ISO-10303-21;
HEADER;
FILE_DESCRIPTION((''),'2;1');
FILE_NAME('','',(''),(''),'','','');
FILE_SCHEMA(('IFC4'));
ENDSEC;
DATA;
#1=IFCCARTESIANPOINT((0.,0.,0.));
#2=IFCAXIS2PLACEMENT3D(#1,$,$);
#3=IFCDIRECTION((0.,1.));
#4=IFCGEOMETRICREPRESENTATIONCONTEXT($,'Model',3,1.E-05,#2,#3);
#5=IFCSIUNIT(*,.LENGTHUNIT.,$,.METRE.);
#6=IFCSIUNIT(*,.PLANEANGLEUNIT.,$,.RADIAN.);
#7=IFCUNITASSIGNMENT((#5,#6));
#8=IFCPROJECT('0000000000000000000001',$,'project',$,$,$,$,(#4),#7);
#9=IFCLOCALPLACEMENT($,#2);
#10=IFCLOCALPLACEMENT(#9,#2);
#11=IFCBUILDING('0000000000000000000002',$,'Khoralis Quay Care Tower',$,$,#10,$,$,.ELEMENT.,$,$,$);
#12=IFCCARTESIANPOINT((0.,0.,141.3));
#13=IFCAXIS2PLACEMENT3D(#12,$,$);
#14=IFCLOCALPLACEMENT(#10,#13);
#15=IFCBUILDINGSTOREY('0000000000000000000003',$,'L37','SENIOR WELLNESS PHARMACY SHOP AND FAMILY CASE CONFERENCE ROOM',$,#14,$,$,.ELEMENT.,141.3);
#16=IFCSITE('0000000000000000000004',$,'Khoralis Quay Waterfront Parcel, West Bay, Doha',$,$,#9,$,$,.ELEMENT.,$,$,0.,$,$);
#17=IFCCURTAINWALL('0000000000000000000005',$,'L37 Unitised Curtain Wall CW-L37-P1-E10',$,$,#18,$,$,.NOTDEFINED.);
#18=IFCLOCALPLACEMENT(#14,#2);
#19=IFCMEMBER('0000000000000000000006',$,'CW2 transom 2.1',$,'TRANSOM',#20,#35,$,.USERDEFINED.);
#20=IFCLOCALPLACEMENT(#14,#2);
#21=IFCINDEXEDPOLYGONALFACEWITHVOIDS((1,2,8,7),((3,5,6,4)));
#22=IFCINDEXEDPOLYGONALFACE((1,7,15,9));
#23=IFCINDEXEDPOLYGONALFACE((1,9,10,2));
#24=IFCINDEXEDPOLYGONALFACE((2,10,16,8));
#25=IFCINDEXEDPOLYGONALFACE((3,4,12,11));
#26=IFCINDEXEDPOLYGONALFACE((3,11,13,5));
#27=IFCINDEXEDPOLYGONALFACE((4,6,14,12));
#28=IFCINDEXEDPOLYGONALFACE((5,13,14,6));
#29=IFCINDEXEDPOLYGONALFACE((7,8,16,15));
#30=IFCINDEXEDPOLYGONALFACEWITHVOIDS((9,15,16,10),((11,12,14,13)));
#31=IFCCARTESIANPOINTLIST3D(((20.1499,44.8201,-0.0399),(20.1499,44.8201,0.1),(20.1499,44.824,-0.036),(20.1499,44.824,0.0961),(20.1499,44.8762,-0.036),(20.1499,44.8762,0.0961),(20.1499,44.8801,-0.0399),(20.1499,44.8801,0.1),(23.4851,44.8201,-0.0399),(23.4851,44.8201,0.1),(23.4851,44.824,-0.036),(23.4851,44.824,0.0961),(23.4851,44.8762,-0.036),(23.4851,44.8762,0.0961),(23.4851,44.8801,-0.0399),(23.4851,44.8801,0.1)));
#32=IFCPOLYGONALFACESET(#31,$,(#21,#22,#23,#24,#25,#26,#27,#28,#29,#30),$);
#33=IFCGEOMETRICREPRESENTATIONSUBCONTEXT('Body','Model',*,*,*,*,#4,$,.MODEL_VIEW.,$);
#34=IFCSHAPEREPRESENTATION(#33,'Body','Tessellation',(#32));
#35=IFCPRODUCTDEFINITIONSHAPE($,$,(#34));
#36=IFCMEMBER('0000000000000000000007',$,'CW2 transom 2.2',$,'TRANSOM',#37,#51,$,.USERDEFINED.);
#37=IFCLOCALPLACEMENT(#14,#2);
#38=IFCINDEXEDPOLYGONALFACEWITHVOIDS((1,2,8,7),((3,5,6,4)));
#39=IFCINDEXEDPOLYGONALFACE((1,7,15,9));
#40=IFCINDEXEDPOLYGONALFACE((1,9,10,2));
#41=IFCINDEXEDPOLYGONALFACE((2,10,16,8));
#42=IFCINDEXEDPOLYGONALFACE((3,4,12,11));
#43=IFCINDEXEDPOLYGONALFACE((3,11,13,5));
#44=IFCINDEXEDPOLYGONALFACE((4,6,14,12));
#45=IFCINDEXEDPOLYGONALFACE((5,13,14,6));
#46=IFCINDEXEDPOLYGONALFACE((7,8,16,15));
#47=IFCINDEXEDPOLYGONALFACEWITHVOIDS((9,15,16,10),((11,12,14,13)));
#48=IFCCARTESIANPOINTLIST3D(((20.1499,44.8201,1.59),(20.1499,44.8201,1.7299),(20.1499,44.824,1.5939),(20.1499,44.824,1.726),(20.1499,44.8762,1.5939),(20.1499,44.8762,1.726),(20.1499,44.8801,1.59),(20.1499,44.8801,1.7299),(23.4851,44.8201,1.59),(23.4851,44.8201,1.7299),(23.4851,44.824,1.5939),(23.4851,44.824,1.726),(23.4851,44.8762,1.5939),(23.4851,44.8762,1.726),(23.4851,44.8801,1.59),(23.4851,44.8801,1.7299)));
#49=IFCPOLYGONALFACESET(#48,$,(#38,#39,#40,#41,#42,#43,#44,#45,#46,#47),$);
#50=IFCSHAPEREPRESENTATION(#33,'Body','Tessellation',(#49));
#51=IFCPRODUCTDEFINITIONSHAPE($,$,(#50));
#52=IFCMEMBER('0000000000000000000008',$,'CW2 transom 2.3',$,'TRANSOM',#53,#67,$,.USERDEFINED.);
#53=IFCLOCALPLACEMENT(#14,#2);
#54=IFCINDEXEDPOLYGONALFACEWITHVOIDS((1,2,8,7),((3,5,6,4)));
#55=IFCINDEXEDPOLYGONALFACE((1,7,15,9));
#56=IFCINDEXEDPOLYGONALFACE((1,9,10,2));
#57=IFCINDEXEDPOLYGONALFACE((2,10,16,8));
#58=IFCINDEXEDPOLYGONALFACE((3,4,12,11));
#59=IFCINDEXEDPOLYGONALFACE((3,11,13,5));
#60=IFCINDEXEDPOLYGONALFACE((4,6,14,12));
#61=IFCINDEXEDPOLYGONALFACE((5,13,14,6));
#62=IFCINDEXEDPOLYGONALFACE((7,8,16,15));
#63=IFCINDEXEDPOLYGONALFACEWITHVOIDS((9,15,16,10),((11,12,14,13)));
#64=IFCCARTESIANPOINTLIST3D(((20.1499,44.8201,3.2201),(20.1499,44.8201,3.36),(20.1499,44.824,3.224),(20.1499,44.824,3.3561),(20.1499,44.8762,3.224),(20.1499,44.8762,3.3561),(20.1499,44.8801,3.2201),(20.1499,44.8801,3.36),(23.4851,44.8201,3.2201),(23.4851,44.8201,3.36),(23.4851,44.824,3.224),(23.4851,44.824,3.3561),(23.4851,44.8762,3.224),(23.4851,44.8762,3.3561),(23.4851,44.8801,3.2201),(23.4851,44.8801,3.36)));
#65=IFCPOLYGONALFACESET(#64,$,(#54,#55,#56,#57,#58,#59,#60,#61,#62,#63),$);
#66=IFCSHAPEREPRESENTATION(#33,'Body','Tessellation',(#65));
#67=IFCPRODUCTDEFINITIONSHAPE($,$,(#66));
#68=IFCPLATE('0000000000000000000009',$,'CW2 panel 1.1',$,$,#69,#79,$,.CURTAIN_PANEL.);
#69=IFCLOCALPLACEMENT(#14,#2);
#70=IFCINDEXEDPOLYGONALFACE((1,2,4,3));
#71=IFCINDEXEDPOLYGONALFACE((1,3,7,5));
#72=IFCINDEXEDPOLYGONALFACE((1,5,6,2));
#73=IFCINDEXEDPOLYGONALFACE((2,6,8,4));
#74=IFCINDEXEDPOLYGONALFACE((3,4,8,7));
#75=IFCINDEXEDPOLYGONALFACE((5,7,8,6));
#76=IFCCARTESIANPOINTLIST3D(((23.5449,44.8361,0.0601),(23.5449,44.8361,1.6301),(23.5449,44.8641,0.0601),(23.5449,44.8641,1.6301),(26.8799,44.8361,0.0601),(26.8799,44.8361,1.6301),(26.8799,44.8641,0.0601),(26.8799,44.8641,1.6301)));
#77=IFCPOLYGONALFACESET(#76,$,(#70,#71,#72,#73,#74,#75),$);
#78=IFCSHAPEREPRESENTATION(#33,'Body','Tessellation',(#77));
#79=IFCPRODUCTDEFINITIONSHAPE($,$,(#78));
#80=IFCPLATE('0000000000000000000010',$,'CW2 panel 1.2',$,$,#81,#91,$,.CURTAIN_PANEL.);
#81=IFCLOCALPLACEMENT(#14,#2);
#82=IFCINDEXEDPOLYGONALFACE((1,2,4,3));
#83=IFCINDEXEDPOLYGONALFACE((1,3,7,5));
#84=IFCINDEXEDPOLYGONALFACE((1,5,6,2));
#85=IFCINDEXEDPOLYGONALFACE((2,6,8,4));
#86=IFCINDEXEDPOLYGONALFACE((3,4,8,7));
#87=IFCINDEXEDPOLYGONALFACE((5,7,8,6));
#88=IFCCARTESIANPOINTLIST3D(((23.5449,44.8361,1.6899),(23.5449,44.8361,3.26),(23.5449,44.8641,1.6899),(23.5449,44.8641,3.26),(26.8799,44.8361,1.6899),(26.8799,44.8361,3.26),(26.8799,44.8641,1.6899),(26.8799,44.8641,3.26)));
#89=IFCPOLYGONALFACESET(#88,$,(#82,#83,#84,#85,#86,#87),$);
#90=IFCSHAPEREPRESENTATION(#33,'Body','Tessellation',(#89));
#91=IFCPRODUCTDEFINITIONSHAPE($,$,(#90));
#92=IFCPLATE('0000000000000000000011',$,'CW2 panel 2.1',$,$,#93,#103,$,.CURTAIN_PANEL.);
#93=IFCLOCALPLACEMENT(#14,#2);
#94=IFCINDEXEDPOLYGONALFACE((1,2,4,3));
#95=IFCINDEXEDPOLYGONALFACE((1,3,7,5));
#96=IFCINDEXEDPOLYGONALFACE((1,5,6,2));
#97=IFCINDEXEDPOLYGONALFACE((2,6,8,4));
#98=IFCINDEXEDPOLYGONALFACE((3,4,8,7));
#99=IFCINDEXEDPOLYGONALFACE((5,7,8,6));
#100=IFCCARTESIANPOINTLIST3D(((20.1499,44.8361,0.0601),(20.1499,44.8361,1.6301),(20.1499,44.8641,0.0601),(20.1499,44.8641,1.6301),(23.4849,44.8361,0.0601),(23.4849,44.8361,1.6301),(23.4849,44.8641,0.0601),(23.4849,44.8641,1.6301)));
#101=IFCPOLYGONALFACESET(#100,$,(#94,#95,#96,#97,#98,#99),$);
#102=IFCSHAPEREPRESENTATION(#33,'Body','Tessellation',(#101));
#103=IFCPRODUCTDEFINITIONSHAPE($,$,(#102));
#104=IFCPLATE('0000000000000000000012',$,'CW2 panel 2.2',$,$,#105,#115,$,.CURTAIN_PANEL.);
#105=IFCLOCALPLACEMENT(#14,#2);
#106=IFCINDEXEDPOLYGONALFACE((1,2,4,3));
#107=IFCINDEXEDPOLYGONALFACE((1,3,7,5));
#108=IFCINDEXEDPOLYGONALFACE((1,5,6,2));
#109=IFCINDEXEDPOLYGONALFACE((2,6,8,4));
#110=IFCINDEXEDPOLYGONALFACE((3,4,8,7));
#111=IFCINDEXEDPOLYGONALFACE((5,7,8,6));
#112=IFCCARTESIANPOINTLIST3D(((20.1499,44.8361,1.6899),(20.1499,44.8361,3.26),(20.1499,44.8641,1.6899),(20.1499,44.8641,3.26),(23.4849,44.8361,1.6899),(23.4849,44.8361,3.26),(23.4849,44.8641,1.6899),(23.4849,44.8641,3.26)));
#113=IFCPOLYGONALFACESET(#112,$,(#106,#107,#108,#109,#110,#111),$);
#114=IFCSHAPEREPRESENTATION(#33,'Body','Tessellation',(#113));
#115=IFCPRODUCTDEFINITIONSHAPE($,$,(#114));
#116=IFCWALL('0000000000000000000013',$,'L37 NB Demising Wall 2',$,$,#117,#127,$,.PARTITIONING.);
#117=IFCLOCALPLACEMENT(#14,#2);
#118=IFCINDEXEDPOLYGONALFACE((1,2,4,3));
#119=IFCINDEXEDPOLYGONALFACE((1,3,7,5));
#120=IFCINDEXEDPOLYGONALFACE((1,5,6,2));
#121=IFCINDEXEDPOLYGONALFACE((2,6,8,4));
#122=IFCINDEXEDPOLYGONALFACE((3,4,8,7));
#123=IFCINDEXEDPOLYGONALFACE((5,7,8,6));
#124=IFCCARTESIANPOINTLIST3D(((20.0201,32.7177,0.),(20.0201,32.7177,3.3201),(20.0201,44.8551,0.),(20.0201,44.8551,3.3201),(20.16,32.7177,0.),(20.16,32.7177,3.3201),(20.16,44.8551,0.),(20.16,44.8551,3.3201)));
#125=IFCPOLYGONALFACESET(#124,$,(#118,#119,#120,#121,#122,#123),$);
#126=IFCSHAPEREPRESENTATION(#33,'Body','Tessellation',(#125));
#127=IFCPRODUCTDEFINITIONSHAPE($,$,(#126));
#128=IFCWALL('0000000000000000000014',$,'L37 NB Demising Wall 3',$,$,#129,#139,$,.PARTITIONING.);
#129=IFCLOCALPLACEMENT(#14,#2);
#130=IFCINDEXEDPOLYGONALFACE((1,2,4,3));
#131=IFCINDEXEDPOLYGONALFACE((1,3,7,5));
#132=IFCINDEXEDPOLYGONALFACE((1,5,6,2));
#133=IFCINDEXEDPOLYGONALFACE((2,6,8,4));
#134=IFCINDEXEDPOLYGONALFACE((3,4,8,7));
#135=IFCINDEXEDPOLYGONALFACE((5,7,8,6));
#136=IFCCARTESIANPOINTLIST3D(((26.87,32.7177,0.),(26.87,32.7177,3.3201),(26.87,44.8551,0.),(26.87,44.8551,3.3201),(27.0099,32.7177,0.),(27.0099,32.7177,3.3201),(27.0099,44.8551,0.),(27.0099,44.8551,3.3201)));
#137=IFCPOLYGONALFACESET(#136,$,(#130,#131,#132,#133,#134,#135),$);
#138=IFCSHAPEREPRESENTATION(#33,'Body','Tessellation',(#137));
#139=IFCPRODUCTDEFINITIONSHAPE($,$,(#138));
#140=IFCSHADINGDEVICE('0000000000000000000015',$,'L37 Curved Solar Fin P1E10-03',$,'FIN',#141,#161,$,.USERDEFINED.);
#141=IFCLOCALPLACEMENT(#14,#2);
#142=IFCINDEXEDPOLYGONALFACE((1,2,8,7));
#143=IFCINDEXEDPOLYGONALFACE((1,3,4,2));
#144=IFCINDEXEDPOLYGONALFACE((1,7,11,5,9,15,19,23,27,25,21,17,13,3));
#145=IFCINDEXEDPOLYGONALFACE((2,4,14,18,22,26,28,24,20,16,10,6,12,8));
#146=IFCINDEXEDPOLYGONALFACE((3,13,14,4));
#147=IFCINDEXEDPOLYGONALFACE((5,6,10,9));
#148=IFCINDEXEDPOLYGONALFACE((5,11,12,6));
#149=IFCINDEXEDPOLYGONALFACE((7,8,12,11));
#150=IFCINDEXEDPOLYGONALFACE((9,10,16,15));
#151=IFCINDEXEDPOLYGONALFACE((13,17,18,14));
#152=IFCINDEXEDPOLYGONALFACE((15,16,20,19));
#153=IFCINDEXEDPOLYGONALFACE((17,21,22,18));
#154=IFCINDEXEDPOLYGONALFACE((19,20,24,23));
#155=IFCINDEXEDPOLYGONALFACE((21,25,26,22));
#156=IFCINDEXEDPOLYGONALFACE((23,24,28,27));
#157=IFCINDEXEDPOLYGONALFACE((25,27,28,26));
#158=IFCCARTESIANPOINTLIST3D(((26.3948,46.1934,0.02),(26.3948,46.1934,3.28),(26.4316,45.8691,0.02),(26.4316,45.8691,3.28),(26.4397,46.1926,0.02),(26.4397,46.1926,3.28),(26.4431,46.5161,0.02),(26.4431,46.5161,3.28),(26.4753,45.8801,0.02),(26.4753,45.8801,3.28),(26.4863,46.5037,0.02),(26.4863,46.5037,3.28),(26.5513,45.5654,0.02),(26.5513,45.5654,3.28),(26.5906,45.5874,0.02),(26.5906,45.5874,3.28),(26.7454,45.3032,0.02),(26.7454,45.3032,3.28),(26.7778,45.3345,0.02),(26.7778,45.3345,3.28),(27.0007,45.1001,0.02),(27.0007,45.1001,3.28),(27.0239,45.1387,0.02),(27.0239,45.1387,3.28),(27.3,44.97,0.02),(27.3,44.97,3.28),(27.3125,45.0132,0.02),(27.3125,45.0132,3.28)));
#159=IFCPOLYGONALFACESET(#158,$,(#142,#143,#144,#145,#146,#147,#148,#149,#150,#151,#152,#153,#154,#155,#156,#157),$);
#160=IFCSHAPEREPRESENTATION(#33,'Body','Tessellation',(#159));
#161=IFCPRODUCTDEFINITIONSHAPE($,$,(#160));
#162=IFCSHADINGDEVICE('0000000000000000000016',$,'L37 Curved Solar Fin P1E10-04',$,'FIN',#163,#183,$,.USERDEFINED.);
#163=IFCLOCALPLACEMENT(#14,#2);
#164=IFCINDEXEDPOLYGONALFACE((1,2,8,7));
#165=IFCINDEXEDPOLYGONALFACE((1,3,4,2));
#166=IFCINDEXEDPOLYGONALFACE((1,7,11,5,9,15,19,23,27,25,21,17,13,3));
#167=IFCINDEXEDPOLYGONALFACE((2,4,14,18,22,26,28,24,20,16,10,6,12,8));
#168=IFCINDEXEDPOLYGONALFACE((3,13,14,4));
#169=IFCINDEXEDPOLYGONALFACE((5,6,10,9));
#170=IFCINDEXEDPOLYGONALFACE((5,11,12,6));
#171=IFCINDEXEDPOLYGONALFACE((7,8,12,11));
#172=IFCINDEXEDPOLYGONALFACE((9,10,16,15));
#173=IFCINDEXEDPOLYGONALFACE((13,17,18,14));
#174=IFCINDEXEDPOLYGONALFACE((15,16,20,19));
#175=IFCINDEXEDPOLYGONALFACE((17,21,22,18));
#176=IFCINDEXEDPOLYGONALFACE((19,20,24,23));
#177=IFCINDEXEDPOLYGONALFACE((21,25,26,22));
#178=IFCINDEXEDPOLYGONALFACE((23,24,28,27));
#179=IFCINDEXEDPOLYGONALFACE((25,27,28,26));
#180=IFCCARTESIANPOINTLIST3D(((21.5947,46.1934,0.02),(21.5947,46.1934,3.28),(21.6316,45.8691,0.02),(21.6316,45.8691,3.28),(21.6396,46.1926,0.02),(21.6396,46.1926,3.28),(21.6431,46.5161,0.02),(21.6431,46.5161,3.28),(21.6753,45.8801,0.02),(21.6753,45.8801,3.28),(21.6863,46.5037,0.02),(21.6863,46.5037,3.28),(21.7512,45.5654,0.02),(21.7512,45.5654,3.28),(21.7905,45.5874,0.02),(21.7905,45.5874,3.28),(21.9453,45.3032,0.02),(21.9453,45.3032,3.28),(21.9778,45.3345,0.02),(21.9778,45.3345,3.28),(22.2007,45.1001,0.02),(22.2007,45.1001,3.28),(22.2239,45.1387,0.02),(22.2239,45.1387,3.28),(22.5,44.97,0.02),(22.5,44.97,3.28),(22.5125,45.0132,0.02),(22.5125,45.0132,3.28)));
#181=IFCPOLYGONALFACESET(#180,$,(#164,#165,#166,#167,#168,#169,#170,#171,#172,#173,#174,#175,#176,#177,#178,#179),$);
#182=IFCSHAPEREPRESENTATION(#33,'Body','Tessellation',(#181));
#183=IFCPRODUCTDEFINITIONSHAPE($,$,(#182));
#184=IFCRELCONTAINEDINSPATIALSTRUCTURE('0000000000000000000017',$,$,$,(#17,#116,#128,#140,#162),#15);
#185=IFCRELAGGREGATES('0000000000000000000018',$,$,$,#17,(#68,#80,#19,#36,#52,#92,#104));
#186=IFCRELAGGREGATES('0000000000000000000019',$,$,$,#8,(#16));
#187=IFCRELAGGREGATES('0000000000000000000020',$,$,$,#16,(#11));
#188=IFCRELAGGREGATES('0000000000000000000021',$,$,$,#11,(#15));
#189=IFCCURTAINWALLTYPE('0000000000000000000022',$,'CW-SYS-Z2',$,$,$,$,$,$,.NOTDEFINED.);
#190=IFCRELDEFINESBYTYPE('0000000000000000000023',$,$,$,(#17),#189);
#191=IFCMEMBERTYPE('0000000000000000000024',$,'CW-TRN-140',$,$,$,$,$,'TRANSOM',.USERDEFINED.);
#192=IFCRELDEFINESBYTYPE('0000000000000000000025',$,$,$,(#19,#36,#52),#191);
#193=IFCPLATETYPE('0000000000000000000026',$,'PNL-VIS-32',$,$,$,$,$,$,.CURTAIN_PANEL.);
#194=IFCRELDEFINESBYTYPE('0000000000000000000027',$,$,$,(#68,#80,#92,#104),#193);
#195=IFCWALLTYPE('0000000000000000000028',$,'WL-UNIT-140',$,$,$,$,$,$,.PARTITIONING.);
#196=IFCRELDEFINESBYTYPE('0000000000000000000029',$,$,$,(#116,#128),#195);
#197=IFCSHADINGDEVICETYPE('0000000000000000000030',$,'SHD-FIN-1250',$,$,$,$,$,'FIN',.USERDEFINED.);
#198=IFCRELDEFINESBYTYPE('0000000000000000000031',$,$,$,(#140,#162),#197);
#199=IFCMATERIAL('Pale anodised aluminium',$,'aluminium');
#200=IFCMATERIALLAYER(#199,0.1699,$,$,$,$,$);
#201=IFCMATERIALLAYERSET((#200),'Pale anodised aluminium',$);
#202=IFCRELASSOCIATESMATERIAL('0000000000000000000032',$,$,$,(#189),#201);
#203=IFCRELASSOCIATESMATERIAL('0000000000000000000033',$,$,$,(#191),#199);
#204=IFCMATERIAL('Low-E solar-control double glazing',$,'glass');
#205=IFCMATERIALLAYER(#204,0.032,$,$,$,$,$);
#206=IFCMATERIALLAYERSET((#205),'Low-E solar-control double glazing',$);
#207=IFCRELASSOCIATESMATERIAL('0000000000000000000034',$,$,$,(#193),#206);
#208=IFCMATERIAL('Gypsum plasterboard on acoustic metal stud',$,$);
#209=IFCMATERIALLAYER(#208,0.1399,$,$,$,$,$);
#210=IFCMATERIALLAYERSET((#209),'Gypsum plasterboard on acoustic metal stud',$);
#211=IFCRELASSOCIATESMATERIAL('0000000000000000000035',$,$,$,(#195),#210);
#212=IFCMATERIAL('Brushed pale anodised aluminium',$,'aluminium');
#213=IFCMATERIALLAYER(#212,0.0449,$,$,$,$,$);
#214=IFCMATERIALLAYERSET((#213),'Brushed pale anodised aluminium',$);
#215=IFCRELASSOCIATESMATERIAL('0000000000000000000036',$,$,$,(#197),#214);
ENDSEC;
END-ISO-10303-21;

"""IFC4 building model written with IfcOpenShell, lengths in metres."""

from ifc_helpers import new_model, si_unit, direction, frame, frame_2d, origin, origin_2d, place, context, subcontext, project, spatial, polyline, rectangle, hollow_rectangle, outline, extrude, source, transform, mapped, material, layer, layer_set, material_profile, profile_set, type_object, element, aggregate, save


model = new_model("IFC4")

# Units and contexts
model_context = context("Model", 3, precision=1e-05, world=origin(), true_north=direction((0.0, 1.0)))
body_context = subcontext(model_context, "Body", "Model", "MODEL_VIEW")
ifc_project = project(units=[si_unit("LENGTHUNIT", "METRE"), si_unit("PLANEANGLEUNIT", "RADIAN")], contexts=[model_context])

# Site, building, storey
site_placement = place(None, origin())
site = spatial("IfcSite", under=ifc_project, at=site_placement, Name="Khoralis Quay Waterfront Parcel, West Bay, Doha", CompositionType="ELEMENT", RefElevation=0.0)
building_placement = place(site_placement, origin())
building = spatial("IfcBuilding", under=site, at=building_placement, Name="Khoralis Quay Care Tower", CompositionType="ELEMENT")
storey_placement = place(building_placement, frame((0.0, 0.0, 141.3)))
storey = spatial("IfcBuildingStorey", under=building, at=storey_placement, Name="L37", Description="SENIOR WELLNESS PHARMACY SHOP AND FAMILY CASE CONFERENCE ROOM", CompositionType="ELEMENT", Elevation=141.3)

# Curtain wall, members, plates
ifc_material_1 = material(Name="Pale anodised aluminium", Category="aluminium")
ifc_layer_1 = layer(ifc_material_1, 0.1699)
ifc_layer_set_1 = layer_set([ifc_layer_1], Name="Pale anodised aluminium")
curtain_wall_type = type_object("IfcCurtainWallType", Name="CW-SYS-Z2", PredefinedType="NOTDEFINED", material=ifc_layer_set_1)
curtain_wall_placement = place(storey_placement, origin())
curtain_wall = element("IfcCurtainWall", 1, at=curtain_wall_placement, inside=storey, type_object=curtain_wall_type, Name="L37 Unitised Curtain Wall CW-L37-P1-E10", PredefinedType="NOTDEFINED")
ifc_material_profile_1 = material_profile(ifc_material_1, hollow_rectangle(XDim=0.0601, YDim=0.1399, WallThickness=0.0039, at=origin_2d()), Name="Pale anodised aluminium")
ifc_profile_set_1 = profile_set([ifc_material_profile_1], Name="Pale anodised aluminium")
member_type_1 = type_object("IfcMemberType", Name="CW-TRN-140", ElementType="TRANSOM", PredefinedType="USERDEFINED", material=ifc_profile_set_1)
shared_shape_1 = source(origin(), body_context, "Body", "SweptSolid", [
    extrude(hollow_rectangle(XDim=0.0601, YDim=0.1399, WallThickness=0.0039, at=origin_2d()), origin(), (0.0, 0.0, 1.0), 3.3352),
])
member_1_placement = place(storey_placement, frame((23.4851, 44.8501, 0.03), z_axis=(-1.0, 0.0, 0.0), x_axis=(0.0, -1.0, 0.0)))
member_1 = element("IfcMember", 2, at=member_1_placement, type_object=member_type_1, Name="CW2 transom 2.1", ObjectType="TRANSOM", PredefinedType="USERDEFINED", context=body_context, shape_type="MappedRepresentation", body=[
    mapped(shared_shape_1, transform((0.0, 0.0, 0.0), scale=1.0)),
])
member_2_placement = place(storey_placement, frame((23.4851, 44.8501, 1.6599), z_axis=(-1.0, 0.0, 0.0), x_axis=(0.0, -1.0, 0.0)))
member_2 = element("IfcMember", 3, at=member_2_placement, type_object=member_type_1, Name="CW2 transom 2.2", ObjectType="TRANSOM", PredefinedType="USERDEFINED", context=body_context, shape_type="MappedRepresentation", body=[
    mapped(shared_shape_1, transform((0.0, 0.0, 0.0), scale=1.0)),
])
member_3_placement = place(storey_placement, frame((23.4851, 44.8501, 3.29), z_axis=(-1.0, 0.0, 0.0), x_axis=(0.0, -1.0, 0.0)))
member_3 = element("IfcMember", 4, at=member_3_placement, type_object=member_type_1, Name="CW2 transom 2.3", ObjectType="TRANSOM", PredefinedType="USERDEFINED", context=body_context, shape_type="MappedRepresentation", body=[
    mapped(shared_shape_1, transform((0.0, 0.0, 0.0), scale=1.0)),
])
ifc_material_2 = material(Name="Low-E solar-control double glazing", Category="glass")
ifc_layer_2 = layer(ifc_material_2, 0.032)
ifc_layer_set_2 = layer_set([ifc_layer_2], Name="Low-E solar-control double glazing")
plate_type = type_object("IfcPlateType", Name="PNL-VIS-32", PredefinedType="CURTAIN_PANEL", material=ifc_layer_set_2)
shared_shape_2 = source(origin(), body_context, "Body", "SweptSolid", [
    extrude(rectangle(XDim=3.335, YDim=0.0281, at=origin_2d()), origin(), (0.0, 0.0, 1.0), 1.5701),
])
plate_1_placement = place(storey_placement, frame((25.2124, 44.8501, 0.0601), z_axis=(0.0, 0.0, 1.0), x_axis=(-1.0, 0.0, 0.0)))
plate_1 = element("IfcPlate", 5, at=plate_1_placement, type_object=plate_type, Name="CW2 panel 1.1", PredefinedType="CURTAIN_PANEL", context=body_context, shape_type="MappedRepresentation", body=[
    mapped(shared_shape_2, transform((0.0, 0.0, 0.0), scale=1.0)),
])
plate_2_placement = place(storey_placement, frame((25.2124, 44.8501, 1.6899), z_axis=(0.0, 0.0, 1.0), x_axis=(-1.0, 0.0, 0.0)))
plate_2 = element("IfcPlate", 6, at=plate_2_placement, type_object=plate_type, Name="CW2 panel 1.2", PredefinedType="CURTAIN_PANEL", context=body_context, shape_type="MappedRepresentation", body=[
    mapped(shared_shape_2, transform((0.0, 0.0, 0.0), scale=1.0)),
])
plate_3_placement = place(storey_placement, frame((21.8174, 44.8501, 0.0601), z_axis=(0.0, 0.0, 1.0), x_axis=(-1.0, 0.0, 0.0)))
plate_3 = element("IfcPlate", 7, at=plate_3_placement, type_object=plate_type, Name="CW2 panel 2.1", PredefinedType="CURTAIN_PANEL", context=body_context, shape_type="MappedRepresentation", body=[
    mapped(shared_shape_2, transform((0.0, 0.0, 0.0), scale=1.0)),
])
plate_4_placement = place(storey_placement, frame((21.8174, 44.8501, 1.6899), z_axis=(0.0, 0.0, 1.0), x_axis=(-1.0, 0.0, 0.0)))
plate_4 = element("IfcPlate", 8, at=plate_4_placement, type_object=plate_type, Name="CW2 panel 2.2", PredefinedType="CURTAIN_PANEL", context=body_context, shape_type="MappedRepresentation", body=[
    mapped(shared_shape_2, transform((0.0, 0.0, 0.0), scale=1.0)),
])
aggregate(curtain_wall, [plate_1, plate_2, member_1, member_2, member_3, plate_3, plate_4])

# Walls
ifc_material_3 = material(Name="Gypsum plasterboard on acoustic metal stud")
ifc_layer_3 = layer(ifc_material_3, 0.1399)
ifc_layer_set_3 = layer_set([ifc_layer_3], Name="Gypsum plasterboard on acoustic metal stud")
wall_type = type_object("IfcWallType", Name="WL-UNIT-140", PredefinedType="PARTITIONING", material=ifc_layer_set_3)
for number, where, z_axis, x_axis, name in (
    (9, (20.0901, 32.7175, 0.0), (0.0, 0.0, 1.0), (0.0, 1.0, 0.0), "L37 NB Demising Wall 2"),
    (10, (26.9399, 32.7175, 0.0), (0.0, 0.0, 1.0), (0.0, 1.0, 0.0), "L37 NB Demising Wall 3"),
):
    element("IfcWall", number, at=place(storey_placement, frame(where, z_axis=z_axis, x_axis=x_axis)), inside=storey, type_object=wall_type, Name=name, PredefinedType="PARTITIONING", context=body_context, shape_type="SweptSolid", body=[
        extrude(rectangle(XDim=12.1375, YDim=0.1399, at=frame_2d((6.0688, 0.0))), origin(), (0.0, 0.0, 1.0), 3.3201),
    ])

# Shading devices
ifc_material_4 = material(Name="Brushed pale anodised aluminium", Category="aluminium")
ifc_layer_4 = layer(ifc_material_4, 0.0449)
ifc_layer_set_4 = layer_set([ifc_layer_4], Name="Brushed pale anodised aluminium")
shading_device_type = type_object("IfcShadingDeviceType", Name="SHD-FIN-1250", ElementType="FIN", PredefinedType="USERDEFINED", material=ifc_layer_set_4)
shared_shape_3 = source(origin(), body_context, "Body", "SweptSolid", [
    extrude(outline(polyline([(0.0, 0.0), (0.1301, 0.2993), (0.3333, 0.5547), (0.5955, 0.7488), (0.8992, 0.8684), (1.2234, 0.9053), (1.5461, 0.8569), (1.5337, 0.8137), (1.2227, 0.8604), (0.9102, 0.8247), (0.6174, 0.7095), (0.3645, 0.5222), (0.1687, 0.2761), (0.0432, -0.0125), (0.0, 0.0)])), origin(), (0.0, 0.0, 1.0), 3.26),
])
for number, where, z_axis, x_axis, name in (
    (11, (27.3, 44.97, 0.02), (0.0, 0.0, 1.0), (0.0, 1.0, 0.0), "L37 Curved Solar Fin P1E10-03"),
    (12, (22.5, 44.97, 0.02), (0.0, 0.0, 1.0), (0.0, 1.0, 0.0), "L37 Curved Solar Fin P1E10-04"),
):
    element("IfcShadingDevice", number, at=place(storey_placement, frame(where, z_axis=z_axis, x_axis=x_axis)), inside=storey, type_object=shading_device_type, Name=name, ObjectType="FIN", PredefinedType="USERDEFINED", context=body_context, shape_type="MappedRepresentation", body=[
        mapped(shared_shape_3, transform((0.0, 0.0, 0.0), scale=1.0)),
    ])

save(model, "model.ifc")
